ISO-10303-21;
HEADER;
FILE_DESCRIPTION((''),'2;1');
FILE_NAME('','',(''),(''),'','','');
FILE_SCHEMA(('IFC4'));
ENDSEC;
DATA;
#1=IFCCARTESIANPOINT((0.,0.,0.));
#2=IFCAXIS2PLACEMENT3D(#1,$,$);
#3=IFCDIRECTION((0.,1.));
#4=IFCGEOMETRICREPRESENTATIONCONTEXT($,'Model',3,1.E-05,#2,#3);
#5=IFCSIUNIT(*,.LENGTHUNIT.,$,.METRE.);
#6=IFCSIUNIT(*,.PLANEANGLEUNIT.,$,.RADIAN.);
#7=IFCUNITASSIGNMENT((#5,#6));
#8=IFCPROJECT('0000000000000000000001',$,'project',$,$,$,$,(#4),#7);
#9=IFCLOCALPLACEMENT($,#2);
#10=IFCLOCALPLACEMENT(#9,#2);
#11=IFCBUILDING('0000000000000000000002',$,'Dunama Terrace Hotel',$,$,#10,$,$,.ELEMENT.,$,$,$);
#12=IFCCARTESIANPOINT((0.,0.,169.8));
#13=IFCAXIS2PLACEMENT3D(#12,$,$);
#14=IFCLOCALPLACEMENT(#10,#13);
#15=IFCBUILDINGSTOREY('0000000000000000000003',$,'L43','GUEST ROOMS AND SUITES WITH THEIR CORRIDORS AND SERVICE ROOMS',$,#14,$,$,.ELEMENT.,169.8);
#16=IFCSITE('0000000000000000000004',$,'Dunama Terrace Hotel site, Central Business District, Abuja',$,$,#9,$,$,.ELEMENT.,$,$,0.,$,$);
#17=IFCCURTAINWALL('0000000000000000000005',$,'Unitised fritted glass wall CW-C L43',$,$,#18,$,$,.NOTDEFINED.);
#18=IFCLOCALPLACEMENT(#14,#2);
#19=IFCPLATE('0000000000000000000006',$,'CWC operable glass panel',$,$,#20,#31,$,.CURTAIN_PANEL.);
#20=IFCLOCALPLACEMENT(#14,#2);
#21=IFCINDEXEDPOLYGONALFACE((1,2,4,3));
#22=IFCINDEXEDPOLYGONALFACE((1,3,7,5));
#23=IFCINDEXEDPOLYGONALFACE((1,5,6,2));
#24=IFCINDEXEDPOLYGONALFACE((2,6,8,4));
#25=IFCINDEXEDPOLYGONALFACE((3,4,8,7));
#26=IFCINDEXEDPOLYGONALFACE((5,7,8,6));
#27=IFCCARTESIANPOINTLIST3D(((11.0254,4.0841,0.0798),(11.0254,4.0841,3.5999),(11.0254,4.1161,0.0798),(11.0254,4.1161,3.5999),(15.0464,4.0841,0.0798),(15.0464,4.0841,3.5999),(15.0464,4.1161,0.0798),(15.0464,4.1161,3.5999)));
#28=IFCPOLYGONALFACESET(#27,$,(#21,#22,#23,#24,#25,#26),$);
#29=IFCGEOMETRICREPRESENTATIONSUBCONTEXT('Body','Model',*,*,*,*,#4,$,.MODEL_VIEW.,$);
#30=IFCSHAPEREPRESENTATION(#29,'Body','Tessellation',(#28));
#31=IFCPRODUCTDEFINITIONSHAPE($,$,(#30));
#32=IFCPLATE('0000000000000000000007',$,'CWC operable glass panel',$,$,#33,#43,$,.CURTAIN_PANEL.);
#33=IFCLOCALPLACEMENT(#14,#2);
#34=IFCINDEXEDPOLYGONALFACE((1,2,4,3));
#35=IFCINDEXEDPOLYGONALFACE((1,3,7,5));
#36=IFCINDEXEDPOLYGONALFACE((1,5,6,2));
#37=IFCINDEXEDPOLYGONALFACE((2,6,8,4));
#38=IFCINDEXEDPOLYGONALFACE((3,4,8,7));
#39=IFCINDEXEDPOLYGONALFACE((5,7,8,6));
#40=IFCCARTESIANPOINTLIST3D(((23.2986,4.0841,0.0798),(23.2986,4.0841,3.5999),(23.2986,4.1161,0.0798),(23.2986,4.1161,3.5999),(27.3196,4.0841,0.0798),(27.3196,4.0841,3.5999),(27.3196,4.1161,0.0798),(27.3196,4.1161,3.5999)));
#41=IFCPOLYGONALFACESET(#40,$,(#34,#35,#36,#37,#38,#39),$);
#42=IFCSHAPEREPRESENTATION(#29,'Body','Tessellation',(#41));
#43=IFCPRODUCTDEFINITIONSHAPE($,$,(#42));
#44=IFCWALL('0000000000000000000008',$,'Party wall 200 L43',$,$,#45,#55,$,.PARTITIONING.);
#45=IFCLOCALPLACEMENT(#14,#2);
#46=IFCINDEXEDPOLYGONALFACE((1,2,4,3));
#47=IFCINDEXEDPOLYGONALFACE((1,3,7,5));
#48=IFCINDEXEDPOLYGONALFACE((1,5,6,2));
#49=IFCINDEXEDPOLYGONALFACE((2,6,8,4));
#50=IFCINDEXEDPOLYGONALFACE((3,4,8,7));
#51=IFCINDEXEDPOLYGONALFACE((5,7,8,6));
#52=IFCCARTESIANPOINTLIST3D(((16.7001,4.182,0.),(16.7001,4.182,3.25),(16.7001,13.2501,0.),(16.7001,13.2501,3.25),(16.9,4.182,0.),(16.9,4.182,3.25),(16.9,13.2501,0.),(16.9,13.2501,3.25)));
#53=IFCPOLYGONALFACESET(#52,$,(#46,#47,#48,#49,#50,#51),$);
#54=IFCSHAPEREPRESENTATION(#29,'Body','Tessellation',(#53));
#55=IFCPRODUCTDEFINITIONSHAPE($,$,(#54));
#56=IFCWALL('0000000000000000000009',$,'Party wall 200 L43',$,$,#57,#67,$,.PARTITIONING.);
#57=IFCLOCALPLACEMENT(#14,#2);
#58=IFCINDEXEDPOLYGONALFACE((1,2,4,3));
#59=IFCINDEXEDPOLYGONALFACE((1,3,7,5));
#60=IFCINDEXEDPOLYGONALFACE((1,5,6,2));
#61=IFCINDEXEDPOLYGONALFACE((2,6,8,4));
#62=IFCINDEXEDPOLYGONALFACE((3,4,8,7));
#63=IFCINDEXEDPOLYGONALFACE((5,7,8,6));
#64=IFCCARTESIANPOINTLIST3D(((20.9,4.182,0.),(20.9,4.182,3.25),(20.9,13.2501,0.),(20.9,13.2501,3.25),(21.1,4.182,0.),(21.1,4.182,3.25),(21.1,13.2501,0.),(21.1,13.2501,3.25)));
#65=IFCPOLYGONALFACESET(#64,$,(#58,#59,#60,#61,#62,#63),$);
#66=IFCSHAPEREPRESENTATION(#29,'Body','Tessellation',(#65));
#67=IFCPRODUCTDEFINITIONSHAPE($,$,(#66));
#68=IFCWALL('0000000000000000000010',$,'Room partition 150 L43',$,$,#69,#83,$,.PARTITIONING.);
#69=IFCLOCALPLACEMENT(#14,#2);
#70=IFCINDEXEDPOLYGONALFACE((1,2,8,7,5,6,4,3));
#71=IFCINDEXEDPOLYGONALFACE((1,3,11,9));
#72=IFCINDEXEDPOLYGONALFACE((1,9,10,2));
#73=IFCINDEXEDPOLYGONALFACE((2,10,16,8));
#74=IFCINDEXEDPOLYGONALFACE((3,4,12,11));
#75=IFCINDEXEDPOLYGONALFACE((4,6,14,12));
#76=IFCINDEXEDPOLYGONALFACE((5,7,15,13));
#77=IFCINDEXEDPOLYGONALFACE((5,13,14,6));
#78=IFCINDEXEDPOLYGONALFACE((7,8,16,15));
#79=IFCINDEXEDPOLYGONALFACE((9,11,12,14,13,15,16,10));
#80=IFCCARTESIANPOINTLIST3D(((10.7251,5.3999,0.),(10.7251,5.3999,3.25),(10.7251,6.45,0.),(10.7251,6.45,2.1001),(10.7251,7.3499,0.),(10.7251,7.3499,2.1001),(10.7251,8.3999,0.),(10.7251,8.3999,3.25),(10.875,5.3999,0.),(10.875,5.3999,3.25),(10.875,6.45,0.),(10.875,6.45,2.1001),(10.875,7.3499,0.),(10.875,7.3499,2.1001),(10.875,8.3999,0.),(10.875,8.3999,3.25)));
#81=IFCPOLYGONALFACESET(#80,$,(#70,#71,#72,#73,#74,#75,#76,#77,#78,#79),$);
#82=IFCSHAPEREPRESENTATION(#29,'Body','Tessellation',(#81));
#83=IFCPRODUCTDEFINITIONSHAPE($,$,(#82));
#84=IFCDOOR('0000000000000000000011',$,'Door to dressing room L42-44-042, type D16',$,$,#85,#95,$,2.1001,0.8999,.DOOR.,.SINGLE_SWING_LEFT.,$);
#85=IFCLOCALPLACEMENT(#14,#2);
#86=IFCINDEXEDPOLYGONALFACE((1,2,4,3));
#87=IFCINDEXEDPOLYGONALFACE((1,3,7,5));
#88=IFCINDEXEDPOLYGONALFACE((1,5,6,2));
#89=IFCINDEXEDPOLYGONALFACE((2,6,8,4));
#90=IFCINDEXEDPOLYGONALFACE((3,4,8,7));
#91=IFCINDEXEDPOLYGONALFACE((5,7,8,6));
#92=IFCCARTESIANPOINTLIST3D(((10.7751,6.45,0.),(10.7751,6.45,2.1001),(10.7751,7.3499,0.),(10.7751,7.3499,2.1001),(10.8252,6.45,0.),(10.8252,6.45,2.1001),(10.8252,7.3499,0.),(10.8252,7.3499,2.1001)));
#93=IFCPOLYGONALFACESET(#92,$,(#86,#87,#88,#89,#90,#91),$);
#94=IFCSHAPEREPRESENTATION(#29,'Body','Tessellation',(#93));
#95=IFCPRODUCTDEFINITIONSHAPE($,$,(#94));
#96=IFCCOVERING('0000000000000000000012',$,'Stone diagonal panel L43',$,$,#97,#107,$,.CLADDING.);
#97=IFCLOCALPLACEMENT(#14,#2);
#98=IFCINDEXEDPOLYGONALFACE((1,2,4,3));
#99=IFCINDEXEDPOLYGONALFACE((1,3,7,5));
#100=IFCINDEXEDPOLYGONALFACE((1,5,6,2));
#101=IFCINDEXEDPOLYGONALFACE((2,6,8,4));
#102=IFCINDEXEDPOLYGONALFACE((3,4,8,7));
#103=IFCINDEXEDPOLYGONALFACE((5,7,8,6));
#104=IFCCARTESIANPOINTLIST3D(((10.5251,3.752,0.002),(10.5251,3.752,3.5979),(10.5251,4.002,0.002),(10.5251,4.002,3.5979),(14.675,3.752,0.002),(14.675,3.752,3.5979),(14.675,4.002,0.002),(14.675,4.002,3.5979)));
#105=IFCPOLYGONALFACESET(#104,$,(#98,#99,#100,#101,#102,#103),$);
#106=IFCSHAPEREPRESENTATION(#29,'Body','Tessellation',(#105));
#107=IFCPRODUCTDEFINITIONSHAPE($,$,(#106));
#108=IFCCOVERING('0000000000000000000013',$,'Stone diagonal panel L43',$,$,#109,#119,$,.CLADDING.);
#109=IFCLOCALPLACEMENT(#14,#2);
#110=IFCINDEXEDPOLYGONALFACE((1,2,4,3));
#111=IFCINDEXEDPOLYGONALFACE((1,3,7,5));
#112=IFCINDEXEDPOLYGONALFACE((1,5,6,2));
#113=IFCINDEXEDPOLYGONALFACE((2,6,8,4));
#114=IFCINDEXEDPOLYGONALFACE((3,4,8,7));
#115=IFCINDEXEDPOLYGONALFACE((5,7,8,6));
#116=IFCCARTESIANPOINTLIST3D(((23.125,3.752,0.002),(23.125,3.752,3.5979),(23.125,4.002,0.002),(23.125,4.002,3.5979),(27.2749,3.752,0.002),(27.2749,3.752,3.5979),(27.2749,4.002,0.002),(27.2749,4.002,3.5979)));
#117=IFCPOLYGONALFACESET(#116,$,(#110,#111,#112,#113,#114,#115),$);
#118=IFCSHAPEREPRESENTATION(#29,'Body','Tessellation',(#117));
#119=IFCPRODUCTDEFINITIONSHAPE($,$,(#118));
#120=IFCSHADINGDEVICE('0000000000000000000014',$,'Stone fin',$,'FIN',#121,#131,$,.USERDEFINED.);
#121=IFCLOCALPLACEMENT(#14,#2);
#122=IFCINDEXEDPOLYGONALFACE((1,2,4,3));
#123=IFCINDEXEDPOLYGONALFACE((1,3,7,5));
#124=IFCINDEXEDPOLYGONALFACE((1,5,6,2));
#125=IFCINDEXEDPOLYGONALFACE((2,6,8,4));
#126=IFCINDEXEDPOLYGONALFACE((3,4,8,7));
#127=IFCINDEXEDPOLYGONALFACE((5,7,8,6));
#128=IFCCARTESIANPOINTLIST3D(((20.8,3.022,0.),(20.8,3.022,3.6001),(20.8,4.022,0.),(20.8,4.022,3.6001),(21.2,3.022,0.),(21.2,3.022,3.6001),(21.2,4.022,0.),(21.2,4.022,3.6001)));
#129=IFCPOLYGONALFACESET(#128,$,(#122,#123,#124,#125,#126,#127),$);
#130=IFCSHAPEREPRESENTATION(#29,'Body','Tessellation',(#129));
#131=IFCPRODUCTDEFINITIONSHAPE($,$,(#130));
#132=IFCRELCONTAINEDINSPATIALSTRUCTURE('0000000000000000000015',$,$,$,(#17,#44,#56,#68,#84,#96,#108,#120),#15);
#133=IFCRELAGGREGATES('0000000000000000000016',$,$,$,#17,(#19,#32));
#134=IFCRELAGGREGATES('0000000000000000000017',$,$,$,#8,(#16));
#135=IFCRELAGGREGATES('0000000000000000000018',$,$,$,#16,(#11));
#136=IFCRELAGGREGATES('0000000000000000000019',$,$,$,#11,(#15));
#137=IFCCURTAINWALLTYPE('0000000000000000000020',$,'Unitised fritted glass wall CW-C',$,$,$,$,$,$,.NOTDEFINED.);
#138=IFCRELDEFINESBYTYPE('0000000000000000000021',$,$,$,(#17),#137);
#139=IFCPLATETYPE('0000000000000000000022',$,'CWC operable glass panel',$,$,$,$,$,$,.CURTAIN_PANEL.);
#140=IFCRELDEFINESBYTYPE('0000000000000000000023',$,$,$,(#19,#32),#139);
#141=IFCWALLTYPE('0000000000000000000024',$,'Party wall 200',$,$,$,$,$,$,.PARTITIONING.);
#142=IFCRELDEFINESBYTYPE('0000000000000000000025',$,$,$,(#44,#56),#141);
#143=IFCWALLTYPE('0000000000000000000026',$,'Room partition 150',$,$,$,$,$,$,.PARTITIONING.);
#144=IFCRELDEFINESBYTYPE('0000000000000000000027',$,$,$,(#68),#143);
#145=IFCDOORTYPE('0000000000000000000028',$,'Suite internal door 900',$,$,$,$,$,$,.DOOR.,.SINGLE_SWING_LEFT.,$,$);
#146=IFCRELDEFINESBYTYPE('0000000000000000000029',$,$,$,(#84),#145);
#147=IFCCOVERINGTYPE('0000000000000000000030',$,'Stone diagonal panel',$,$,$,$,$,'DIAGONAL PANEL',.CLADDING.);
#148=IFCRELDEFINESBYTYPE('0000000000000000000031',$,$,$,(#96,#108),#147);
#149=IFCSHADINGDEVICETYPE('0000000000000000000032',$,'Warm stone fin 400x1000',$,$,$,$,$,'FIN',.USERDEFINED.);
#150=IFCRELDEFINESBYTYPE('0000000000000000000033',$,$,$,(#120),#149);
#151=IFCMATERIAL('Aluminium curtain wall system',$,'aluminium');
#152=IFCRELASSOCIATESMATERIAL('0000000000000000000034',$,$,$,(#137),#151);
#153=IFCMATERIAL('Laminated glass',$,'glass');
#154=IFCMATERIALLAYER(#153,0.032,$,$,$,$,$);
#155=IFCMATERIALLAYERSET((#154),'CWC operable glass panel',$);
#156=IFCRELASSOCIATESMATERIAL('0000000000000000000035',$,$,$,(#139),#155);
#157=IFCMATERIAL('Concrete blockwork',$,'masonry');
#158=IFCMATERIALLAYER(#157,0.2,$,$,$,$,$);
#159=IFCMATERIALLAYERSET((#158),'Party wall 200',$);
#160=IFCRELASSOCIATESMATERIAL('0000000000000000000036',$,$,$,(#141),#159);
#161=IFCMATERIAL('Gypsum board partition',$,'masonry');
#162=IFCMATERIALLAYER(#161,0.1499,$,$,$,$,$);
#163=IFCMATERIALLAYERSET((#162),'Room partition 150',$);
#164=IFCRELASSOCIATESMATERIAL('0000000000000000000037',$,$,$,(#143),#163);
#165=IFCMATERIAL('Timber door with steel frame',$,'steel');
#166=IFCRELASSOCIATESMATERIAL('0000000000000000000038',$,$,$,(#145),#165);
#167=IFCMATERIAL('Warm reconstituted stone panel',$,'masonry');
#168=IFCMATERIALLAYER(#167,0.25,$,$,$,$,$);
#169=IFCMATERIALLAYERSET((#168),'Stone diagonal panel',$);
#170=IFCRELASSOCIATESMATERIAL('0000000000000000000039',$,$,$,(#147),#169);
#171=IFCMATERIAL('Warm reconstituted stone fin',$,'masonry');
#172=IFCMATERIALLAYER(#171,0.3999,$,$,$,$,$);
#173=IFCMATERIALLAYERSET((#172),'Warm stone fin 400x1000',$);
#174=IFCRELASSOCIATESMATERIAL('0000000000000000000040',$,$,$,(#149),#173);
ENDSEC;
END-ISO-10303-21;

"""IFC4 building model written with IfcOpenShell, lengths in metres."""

from ifc_helpers import new_model, si_unit, direction, frame, frame_2d, origin, origin_2d, place, context, subcontext, project, spatial, rectangle, extrude, material, layer, layer_set, type_object, element, fill, aggregate, save


model = new_model("IFC4")

# Units and contexts
model_context = context("Model", 3, precision=1e-05, world=origin(), true_north=direction((0.0, 1.0)))
body_context = subcontext(model_context, "Body", "Model", "MODEL_VIEW")
ifc_project = project(units=[si_unit("LENGTHUNIT", "METRE"), si_unit("PLANEANGLEUNIT", "RADIAN")], contexts=[model_context])

# Site, building, storey
site_placement = place(None, origin())
site = spatial("IfcSite", under=ifc_project, at=site_placement, Name="Dunama Terrace Hotel site, Central Business District, Abuja", CompositionType="ELEMENT", RefElevation=0.0)
building_placement = place(site_placement, origin())
building = spatial("IfcBuilding", under=site, at=building_placement, Name="Dunama Terrace Hotel", CompositionType="ELEMENT")
storey_placement = place(building_placement, frame((0.0, 0.0, 169.8)))
storey = spatial("IfcBuildingStorey", under=building, at=storey_placement, Name="L43", Description="GUEST ROOMS AND SUITES WITH THEIR CORRIDORS AND SERVICE ROOMS", CompositionType="ELEMENT", Elevation=169.8)

# Curtain wall
ifc_material_1 = material(Name="Aluminium curtain wall system", Category="aluminium")
curtain_wall_type = type_object("IfcCurtainWallType", Name="Unitised fritted glass wall CW-C", PredefinedType="NOTDEFINED", material=ifc_material_1)
curtain_wall_placement = place(storey_placement, origin())
curtain_wall = element("IfcCurtainWall", 1, at=curtain_wall_placement, inside=storey, type_object=curtain_wall_type, Name="Unitised fritted glass wall CW-C L43", PredefinedType="NOTDEFINED")

# Plates
ifc_material_2 = material(Name="Laminated glass", Category="glass")
ifc_layer_1 = layer(ifc_material_2, 0.032)
ifc_layer_set_1 = layer_set([ifc_layer_1], Name="CWC operable glass panel")
plate_type_1 = type_object("IfcPlateType", Name="CWC operable glass panel", PredefinedType="CURTAIN_PANEL", material=ifc_layer_set_1)
plate_1_placement = place(storey_placement, frame((13.0359, 4.1001, 0.0798), z_axis=(0.0, 0.0, 1.0), x_axis=(1.0, 0.0, 0.0)))
plate_1 = element("IfcPlate", 2, at=plate_1_placement, type_object=plate_type_1, Name="CWC operable glass panel", PredefinedType="CURTAIN_PANEL", context=body_context, shape_type="SweptSolid", body=[
    extrude(rectangle(XDim=4.021, YDim=0.032, at=origin_2d()), origin(), (0.0, 0.0, 1.0), 3.52),
])
plate_2_placement = place(storey_placement, frame((25.3091, 4.1001, 0.0798), z_axis=(0.0, 0.0, 1.0), x_axis=(1.0, 0.0, 0.0)))
plate_2 = element("IfcPlate", 3, at=plate_2_placement, type_object=plate_type_1, Name="CWC operable glass panel", PredefinedType="CURTAIN_PANEL", context=body_context, shape_type="SweptSolid", body=[
    extrude(rectangle(XDim=4.021, YDim=0.032, at=origin_2d()), origin(), (0.0, 0.0, 1.0), 3.52),
])
aggregate(curtain_wall, [plate_1, plate_2])

# Walls
ifc_material_3 = material(Name="Concrete blockwork", Category="masonry")
ifc_layer_2 = layer(ifc_material_3, 0.2)
ifc_layer_set_2 = layer_set([ifc_layer_2], Name="Party wall 200")
wall_type_1 = type_object("IfcWallType", Name="Party wall 200", PredefinedType="PARTITIONING", material=ifc_layer_set_2)
for number, where, z_axis, x_axis, name in (
    (4, (16.8, 4.1819, 0.0), (0.0, 0.0, 1.0), (0.0, 1.0, 0.0), "Party wall 200 L43"),
    (5, (21.0, 4.1819, 0.0), (0.0, 0.0, 1.0), (0.0, 1.0, 0.0), "Party wall 200 L43"),
):
    element("IfcWall", number, at=place(storey_placement, frame(where, z_axis=z_axis, x_axis=x_axis)), inside=storey, type_object=wall_type_1, Name=name, PredefinedType="PARTITIONING", context=body_context, shape_type="SweptSolid", body=[
        extrude(rectangle(XDim=9.0681, YDim=0.2, at=frame_2d((4.5342, 0.0))), origin(), (0.0, 0.0, 1.0), 3.25),
    ])

# Wall, opening, door
ifc_material_4 = material(Name="Gypsum board partition", Category="masonry")
ifc_layer_3 = layer(ifc_material_4, 0.1499)
ifc_layer_set_3 = layer_set([ifc_layer_3], Name="Room partition 150")
wall_type_2 = type_object("IfcWallType", Name="Room partition 150", PredefinedType="PARTITIONING", material=ifc_layer_set_3)
wall_placement = place(storey_placement, frame((10.8, 5.3999, 0.0), z_axis=(0.0, 0.0, 1.0), x_axis=(0.0, 1.0, 0.0)))
wall = element("IfcWall", 6, at=wall_placement, inside=storey, type_object=wall_type_2, Name="Room partition 150 L43", PredefinedType="PARTITIONING", context=body_context, shape_type="SweptSolid", body=[
    extrude(rectangle(XDim=3.0, YDim=0.1499, at=frame_2d((1.5, 0.0))), origin(), (0.0, 0.0, 1.0), 3.25),
])
opening_placement = place(wall_placement, frame((1.05, 0.0, 0.0)))
opening = element("IfcOpeningElement", 7, at=opening_placement, cuts=wall, PredefinedType="OPENING", context=body_context, shape_type="SweptSolid", body=[
    extrude(rectangle(XDim=0.8999, YDim=2.1001, at=frame_2d((0.45, 1.05))), frame((0.0, 0.085, 0.0), z_axis=(0.0, -1.0, 0.0), x_axis=(1.0, 0.0, 0.0)), (0.0, 0.0, 1.0), 0.1699),
])
ifc_material_5 = material(Name="Timber door with steel frame", Category="steel")
door_type = type_object("IfcDoorType", Name="Suite internal door 900", OperationType="SINGLE_SWING_LEFT", PredefinedType="DOOR", material=ifc_material_5)
door_placement = place(opening_placement, frame((0.8999, 0.0, 0.0), z_axis=(0.0, 0.0, 1.0), x_axis=(-1.0, 0.0, 0.0)))
door = element("IfcDoor", 8, at=door_placement, inside=storey, type_object=door_type, Name="Door to dressing room L42-44-042, type D16", OperationType="SINGLE_SWING_LEFT", OverallHeight=2.1001, OverallWidth=0.8999, PredefinedType="DOOR", context=body_context, shape_type="SweptSolid", body=[
    extrude(rectangle(XDim=0.8999, YDim=2.1001, at=frame_2d((0.45, 1.05))), frame((0.0, 0.0251, 0.0), z_axis=(0.0, -1.0, 0.0), x_axis=(1.0, 0.0, 0.0)), (0.0, 0.0, 1.0), 0.05),
])
fill(opening, door)

# Coverings
ifc_material_6 = material(Name="Warm reconstituted stone panel", Category="masonry")
ifc_layer_4 = layer(ifc_material_6, 0.25)
ifc_layer_set_4 = layer_set([ifc_layer_4], Name="Stone diagonal panel")
covering_type = type_object("IfcCoveringType", Name="Stone diagonal panel", ElementType="DIAGONAL PANEL", PredefinedType="CLADDING", material=ifc_layer_set_4)
for number, where, z_axis, x_axis, name in (
    (9, (12.6001, 3.877, 0.002), (0.0, 0.0, 1.0), (1.0, 0.0, 0.0), "Stone diagonal panel L43"),
    (10, (25.2, 3.877, 0.002), (0.0, 0.0, 1.0), (1.0, 0.0, 0.0), "Stone diagonal panel L43"),
):
    element("IfcCovering", number, at=place(storey_placement, frame(where, z_axis=z_axis, x_axis=x_axis)), inside=storey, type_object=covering_type, Name=name, PredefinedType="CLADDING", context=body_context, shape_type="SweptSolid", body=[
        extrude(rectangle(XDim=4.1499, YDim=0.25, at=origin_2d()), origin(), (0.0, 0.0, 1.0), 3.5959),
    ])

# Shading device
ifc_material_7 = material(Name="Warm reconstituted stone fin", Category="masonry")
ifc_layer_5 = layer(ifc_material_7, 0.3999)
ifc_layer_set_5 = layer_set([ifc_layer_5], Name="Warm stone fin 400x1000")
shading_device_type = type_object("IfcShadingDeviceType", Name="Warm stone fin 400x1000", ElementType="FIN", PredefinedType="USERDEFINED", material=ifc_layer_set_5)
shading_device_placement = place(storey_placement, frame((21.0, 3.522, 0.0), z_axis=(0.0, 0.0, 1.0), x_axis=(1.0, 0.0, 0.0)))
element("IfcShadingDevice", 11, at=shading_device_placement, inside=storey, type_object=shading_device_type, Name="Stone fin", ObjectType="FIN", PredefinedType="USERDEFINED", context=body_context, shape_type="SweptSolid", body=[
    extrude(rectangle(XDim=0.3999, YDim=1.0, at=origin_2d()), origin(), (0.0, 0.0, 1.0), 3.6001),
])

save(model, "model.ifc")
